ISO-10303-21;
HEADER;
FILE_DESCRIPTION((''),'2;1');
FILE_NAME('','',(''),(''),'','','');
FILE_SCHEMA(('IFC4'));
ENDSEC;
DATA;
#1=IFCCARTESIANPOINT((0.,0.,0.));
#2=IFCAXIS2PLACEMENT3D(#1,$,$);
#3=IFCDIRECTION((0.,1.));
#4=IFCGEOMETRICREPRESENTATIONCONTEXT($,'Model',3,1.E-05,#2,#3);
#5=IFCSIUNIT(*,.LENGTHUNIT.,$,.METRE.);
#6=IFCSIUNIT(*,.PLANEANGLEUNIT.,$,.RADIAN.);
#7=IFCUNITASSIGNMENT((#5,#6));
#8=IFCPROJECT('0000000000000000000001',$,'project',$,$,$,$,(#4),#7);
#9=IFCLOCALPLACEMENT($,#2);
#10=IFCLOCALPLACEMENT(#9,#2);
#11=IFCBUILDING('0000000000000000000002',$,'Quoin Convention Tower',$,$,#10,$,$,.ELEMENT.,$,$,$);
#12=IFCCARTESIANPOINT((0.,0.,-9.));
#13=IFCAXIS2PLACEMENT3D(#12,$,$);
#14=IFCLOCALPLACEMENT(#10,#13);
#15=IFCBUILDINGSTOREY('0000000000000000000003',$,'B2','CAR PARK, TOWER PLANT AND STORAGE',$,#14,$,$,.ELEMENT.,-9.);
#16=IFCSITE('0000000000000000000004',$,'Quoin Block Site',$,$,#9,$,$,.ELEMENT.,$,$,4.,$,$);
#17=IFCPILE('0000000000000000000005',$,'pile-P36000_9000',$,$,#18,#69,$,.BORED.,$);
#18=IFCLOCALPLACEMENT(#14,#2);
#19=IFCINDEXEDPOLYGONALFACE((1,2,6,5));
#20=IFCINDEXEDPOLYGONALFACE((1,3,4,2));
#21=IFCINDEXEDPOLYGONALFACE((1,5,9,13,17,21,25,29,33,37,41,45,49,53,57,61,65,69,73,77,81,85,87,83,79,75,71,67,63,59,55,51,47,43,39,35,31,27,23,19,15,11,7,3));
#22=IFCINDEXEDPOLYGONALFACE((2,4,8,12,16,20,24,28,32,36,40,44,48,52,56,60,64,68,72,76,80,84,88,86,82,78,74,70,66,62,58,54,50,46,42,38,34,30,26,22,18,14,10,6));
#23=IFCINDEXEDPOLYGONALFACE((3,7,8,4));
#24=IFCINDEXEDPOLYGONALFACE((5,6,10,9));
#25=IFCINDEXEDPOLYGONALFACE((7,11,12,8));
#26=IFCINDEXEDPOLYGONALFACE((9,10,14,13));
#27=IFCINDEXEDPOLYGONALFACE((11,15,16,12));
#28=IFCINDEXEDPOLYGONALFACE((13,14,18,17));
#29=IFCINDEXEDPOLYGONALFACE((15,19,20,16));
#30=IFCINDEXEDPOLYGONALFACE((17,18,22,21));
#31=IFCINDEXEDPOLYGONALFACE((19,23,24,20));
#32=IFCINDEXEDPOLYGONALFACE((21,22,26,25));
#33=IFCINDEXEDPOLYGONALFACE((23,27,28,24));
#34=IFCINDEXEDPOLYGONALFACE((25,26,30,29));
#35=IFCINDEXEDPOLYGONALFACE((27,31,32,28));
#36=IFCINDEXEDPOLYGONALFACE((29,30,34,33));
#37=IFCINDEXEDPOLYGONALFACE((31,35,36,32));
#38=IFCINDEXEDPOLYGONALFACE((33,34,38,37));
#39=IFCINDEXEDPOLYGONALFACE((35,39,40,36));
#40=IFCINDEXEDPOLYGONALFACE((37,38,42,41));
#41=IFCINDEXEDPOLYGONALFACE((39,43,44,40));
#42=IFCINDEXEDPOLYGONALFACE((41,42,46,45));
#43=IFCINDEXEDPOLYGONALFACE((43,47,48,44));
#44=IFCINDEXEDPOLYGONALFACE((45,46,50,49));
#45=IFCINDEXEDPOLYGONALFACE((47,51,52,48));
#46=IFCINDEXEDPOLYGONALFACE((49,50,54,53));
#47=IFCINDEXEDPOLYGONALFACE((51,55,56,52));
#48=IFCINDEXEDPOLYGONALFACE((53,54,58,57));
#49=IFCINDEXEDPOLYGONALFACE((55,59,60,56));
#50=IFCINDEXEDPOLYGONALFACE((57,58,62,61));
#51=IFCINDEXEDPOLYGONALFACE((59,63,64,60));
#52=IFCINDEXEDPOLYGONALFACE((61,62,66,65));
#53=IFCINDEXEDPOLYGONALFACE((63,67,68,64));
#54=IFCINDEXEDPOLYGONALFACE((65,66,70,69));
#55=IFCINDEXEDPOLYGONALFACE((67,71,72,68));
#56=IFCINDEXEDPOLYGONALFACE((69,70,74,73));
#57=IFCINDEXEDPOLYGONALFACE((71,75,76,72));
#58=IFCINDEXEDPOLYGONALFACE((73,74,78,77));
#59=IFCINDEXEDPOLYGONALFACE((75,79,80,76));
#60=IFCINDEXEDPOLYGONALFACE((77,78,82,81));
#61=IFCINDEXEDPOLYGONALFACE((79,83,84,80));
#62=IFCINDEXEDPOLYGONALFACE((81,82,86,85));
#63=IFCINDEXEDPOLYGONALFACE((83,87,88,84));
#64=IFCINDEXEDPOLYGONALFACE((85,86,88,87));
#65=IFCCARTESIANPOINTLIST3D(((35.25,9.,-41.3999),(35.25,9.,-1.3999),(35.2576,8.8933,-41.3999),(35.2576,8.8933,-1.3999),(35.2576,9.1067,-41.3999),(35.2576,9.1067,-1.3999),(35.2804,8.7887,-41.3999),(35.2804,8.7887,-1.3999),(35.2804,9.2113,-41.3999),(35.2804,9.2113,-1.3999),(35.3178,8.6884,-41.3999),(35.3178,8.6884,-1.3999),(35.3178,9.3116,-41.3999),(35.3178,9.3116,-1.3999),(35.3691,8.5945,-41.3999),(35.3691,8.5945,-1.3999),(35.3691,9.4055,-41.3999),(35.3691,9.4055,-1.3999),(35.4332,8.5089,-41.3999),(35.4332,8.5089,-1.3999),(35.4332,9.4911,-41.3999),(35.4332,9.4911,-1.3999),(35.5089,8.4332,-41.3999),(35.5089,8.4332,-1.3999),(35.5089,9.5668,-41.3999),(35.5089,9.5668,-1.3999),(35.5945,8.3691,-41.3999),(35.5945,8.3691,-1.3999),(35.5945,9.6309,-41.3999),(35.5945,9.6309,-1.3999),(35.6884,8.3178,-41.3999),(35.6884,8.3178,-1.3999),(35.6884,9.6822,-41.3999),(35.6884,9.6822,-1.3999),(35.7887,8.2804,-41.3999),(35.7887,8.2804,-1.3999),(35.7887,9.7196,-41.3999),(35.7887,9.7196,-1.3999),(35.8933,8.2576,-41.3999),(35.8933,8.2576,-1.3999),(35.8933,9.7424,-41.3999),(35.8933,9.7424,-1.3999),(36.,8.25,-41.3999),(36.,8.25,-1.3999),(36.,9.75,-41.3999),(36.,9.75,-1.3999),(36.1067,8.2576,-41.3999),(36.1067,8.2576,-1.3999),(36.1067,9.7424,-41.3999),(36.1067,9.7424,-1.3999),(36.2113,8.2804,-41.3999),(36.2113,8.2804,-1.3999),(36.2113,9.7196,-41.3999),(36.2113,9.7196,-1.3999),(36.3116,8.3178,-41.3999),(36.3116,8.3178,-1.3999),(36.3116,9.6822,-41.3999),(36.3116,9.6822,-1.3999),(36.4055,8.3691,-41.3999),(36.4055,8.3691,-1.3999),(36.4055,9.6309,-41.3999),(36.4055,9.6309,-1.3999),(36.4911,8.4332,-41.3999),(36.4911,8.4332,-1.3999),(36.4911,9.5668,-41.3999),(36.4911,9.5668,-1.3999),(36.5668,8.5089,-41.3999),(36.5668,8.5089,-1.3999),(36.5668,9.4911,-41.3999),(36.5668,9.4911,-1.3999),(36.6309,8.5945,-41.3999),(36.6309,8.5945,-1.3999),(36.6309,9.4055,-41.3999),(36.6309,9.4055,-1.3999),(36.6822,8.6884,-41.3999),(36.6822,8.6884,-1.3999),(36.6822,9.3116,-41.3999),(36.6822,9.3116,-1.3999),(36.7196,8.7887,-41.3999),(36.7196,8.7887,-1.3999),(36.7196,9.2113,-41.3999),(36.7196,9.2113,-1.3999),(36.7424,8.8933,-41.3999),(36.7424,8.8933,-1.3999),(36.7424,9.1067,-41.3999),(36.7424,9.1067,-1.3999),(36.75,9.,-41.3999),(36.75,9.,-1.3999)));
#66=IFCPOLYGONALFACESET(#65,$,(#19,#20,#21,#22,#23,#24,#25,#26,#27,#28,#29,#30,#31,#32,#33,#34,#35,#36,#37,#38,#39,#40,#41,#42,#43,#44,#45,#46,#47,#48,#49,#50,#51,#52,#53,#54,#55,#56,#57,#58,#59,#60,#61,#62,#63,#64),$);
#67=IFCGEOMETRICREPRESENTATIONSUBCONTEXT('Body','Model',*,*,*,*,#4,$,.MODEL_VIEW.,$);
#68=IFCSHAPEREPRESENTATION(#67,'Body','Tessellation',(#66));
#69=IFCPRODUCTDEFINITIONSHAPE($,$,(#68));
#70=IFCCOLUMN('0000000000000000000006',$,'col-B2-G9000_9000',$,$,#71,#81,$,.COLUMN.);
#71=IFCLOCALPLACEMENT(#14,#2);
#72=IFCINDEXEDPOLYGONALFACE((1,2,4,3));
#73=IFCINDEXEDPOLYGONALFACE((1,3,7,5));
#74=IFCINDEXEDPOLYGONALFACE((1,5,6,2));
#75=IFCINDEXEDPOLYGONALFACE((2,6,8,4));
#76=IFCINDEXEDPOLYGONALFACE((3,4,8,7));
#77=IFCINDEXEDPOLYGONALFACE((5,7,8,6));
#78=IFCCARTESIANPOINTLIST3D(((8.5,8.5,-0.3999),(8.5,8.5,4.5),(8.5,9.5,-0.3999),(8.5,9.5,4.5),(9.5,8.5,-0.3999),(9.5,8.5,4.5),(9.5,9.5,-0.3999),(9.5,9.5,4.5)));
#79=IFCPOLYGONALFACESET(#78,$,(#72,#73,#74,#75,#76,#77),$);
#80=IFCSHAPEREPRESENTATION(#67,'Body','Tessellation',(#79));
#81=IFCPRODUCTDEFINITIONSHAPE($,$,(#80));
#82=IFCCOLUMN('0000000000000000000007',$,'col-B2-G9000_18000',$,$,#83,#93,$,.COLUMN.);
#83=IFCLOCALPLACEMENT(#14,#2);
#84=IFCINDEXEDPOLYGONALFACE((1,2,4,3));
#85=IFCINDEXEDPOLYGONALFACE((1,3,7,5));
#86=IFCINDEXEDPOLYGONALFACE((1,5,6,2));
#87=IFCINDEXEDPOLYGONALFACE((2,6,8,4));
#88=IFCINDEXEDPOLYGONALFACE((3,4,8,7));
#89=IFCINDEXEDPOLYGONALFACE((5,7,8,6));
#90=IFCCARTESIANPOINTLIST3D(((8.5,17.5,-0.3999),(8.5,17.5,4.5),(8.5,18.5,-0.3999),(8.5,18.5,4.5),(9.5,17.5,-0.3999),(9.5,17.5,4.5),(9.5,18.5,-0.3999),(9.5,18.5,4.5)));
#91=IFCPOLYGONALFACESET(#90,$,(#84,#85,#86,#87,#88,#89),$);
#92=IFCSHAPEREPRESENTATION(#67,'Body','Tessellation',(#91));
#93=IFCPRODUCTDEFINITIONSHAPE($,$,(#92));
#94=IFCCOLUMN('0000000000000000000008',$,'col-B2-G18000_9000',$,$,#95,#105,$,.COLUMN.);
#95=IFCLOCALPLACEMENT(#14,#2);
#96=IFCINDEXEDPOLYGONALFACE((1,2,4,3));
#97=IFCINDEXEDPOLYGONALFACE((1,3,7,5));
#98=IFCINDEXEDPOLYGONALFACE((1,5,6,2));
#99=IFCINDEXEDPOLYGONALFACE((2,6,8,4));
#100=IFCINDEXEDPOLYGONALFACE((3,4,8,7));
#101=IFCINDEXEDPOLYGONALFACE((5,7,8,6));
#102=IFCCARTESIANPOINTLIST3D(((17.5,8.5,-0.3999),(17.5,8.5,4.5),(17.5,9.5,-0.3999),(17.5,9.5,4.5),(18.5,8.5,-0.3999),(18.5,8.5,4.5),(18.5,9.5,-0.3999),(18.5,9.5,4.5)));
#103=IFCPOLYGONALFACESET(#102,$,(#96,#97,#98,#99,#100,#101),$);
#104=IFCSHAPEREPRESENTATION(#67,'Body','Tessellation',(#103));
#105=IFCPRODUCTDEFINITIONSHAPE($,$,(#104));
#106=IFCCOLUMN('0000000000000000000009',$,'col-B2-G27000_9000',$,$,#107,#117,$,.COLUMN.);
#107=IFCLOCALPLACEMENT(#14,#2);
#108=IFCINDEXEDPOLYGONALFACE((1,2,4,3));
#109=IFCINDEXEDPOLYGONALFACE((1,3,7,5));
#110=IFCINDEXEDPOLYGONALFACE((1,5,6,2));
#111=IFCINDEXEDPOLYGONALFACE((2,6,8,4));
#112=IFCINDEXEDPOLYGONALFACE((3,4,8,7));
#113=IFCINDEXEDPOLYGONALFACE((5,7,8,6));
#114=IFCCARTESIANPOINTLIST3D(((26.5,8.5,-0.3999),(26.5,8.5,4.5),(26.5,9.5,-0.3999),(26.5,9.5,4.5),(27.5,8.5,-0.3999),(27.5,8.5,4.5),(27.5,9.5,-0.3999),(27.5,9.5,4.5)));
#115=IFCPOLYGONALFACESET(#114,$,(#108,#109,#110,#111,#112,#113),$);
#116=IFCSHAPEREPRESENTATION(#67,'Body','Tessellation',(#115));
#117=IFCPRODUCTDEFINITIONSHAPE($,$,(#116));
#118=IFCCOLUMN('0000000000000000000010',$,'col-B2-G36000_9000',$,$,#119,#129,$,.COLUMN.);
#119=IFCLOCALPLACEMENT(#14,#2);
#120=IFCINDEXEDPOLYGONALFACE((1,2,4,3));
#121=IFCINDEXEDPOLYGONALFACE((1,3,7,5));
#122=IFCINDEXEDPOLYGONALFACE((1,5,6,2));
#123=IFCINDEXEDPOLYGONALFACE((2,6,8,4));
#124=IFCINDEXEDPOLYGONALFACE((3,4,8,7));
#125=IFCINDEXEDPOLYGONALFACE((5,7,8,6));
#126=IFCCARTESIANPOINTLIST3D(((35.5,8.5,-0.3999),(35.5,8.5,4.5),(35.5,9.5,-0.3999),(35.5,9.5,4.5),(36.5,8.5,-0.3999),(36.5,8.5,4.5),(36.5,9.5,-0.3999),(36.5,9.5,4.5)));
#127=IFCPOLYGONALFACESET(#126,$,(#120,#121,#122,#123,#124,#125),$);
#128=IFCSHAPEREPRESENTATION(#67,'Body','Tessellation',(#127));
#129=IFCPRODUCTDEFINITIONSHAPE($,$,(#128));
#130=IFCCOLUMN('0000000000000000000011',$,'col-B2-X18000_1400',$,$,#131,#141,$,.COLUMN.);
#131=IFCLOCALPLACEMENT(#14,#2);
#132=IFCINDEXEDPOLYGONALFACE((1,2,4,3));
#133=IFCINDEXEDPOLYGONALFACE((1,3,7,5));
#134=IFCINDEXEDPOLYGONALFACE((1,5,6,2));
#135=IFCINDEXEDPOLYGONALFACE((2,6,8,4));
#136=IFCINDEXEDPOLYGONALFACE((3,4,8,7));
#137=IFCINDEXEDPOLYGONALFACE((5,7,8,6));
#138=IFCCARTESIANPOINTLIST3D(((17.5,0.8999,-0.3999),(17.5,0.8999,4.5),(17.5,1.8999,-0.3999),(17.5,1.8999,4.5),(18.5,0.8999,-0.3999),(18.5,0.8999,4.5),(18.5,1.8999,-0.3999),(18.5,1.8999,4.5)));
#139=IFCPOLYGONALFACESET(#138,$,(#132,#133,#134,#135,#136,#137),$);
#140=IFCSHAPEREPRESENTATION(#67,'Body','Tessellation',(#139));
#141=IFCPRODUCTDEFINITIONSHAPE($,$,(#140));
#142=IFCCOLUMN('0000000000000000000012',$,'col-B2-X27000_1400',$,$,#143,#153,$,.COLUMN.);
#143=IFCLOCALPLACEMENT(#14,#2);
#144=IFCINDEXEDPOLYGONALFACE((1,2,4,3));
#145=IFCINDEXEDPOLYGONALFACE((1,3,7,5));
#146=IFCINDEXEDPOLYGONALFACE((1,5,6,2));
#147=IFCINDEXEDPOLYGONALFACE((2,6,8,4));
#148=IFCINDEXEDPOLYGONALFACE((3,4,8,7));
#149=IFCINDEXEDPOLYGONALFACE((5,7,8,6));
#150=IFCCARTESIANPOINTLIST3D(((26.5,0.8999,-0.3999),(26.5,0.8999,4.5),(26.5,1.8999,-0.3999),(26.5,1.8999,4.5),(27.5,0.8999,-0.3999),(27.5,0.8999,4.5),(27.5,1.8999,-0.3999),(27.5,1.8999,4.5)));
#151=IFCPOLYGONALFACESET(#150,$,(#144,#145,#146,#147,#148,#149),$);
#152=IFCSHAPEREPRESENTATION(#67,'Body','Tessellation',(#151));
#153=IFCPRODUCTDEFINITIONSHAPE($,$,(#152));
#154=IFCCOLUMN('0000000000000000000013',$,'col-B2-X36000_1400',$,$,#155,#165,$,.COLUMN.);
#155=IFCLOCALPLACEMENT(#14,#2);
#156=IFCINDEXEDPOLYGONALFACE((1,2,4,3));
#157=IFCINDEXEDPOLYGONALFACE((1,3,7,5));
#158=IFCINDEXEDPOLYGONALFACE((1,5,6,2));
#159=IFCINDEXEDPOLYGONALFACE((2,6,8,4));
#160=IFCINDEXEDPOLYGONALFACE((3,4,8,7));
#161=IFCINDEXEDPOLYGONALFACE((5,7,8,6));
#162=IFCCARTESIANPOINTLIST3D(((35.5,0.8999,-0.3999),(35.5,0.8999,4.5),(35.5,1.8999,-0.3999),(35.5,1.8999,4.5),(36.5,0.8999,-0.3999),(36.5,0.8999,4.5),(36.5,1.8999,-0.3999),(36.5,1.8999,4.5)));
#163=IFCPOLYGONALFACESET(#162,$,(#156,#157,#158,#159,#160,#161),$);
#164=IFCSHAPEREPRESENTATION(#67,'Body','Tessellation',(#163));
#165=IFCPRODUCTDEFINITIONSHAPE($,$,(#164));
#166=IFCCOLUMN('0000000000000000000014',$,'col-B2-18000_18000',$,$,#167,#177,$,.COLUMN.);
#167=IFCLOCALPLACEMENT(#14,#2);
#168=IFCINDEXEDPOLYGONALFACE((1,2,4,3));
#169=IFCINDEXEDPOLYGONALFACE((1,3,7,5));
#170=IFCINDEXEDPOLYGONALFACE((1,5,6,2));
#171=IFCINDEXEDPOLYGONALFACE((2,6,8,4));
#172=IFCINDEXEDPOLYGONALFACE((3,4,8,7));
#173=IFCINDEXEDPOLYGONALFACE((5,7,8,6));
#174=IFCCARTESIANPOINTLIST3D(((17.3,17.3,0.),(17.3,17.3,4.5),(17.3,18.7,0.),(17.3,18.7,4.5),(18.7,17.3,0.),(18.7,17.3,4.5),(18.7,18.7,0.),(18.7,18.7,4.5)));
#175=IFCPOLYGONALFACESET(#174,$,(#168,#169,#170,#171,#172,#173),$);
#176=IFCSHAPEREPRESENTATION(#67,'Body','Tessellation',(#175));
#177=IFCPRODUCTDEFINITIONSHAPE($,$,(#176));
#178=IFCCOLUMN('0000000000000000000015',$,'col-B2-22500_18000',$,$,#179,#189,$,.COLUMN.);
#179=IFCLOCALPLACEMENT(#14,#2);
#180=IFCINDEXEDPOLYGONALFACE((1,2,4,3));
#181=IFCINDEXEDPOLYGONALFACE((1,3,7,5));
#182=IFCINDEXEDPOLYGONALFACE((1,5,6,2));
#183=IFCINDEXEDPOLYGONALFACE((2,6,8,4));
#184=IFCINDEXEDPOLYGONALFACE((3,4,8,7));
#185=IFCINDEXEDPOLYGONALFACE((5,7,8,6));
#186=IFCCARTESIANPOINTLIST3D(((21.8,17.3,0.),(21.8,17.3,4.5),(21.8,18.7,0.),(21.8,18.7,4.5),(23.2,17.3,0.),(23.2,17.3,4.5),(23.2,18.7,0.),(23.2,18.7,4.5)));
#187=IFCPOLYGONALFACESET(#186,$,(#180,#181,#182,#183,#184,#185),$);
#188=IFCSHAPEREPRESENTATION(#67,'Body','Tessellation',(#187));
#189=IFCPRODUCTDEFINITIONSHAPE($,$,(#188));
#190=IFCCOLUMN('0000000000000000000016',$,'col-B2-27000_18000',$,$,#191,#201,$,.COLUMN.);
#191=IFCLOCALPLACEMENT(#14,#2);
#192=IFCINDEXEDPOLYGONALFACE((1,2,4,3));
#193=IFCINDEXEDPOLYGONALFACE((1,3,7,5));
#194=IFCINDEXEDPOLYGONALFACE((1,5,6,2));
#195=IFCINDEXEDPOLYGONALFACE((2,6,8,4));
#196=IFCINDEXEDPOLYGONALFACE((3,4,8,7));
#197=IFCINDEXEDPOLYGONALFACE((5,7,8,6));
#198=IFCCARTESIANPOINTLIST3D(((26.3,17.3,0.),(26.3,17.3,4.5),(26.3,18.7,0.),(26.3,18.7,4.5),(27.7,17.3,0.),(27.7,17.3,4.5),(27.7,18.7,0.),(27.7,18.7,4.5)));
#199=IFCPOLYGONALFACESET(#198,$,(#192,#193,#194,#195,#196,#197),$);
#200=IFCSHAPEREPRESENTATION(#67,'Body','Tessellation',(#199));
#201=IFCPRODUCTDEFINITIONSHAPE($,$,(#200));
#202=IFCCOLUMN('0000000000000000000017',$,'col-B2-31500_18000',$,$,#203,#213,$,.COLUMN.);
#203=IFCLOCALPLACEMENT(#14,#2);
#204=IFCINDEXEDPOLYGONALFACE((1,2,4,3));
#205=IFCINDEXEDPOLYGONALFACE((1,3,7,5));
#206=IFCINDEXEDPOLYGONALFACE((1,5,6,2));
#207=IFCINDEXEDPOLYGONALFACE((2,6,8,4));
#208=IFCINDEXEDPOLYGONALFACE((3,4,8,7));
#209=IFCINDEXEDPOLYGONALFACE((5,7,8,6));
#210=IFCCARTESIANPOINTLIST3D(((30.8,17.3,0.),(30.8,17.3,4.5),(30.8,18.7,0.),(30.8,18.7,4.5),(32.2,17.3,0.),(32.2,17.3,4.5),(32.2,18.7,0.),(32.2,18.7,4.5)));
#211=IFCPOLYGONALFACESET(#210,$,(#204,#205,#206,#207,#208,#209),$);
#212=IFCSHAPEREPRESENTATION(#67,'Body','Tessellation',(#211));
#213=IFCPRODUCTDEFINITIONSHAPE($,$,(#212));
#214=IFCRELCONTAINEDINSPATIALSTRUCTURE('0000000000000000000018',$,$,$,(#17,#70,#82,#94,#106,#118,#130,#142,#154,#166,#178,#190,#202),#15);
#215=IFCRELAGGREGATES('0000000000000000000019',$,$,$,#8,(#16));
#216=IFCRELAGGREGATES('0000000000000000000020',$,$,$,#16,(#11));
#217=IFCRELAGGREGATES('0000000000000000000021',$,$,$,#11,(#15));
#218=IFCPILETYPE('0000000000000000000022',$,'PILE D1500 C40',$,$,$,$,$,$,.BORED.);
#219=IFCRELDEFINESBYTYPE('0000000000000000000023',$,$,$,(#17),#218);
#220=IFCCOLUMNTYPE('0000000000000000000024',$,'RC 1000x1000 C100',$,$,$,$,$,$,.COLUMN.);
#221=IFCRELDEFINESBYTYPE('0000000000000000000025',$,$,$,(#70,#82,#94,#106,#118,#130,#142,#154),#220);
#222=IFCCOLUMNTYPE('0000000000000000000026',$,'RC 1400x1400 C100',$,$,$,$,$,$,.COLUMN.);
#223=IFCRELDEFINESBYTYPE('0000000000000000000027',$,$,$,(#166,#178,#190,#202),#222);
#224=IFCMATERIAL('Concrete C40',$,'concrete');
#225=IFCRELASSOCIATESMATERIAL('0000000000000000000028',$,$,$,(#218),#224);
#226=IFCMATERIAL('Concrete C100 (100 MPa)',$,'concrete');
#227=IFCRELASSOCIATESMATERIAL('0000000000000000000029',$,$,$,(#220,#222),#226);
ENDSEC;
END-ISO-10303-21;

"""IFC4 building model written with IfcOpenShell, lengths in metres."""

from ifc_helpers import new_model, si_unit, direction, frame, origin, origin_2d, place, context, subcontext, project, spatial, rectangle, circle, extrude, material, material_profile, profile_set, type_object, element, save


model = new_model("IFC4")

# Units and contexts
model_context = context("Model", 3, precision=1e-05, world=origin(), true_north=direction((0.0, 1.0)))
body_context = subcontext(model_context, "Body", "Model", "MODEL_VIEW")
ifc_project = project(units=[si_unit("LENGTHUNIT", "METRE"), si_unit("PLANEANGLEUNIT", "RADIAN")], contexts=[model_context])

# Site, building, storey
site_placement = place(None, origin())
site = spatial("IfcSite", under=ifc_project, at=site_placement, Name="Quoin Block Site", CompositionType="ELEMENT", RefElevation=4.0)
building_placement = place(site_placement, origin())
building = spatial("IfcBuilding", under=site, at=building_placement, Name="Quoin Convention Tower", CompositionType="ELEMENT")
storey_placement = place(building_placement, frame((0.0, 0.0, -9.0)))
storey = spatial("IfcBuildingStorey", under=building, at=storey_placement, Name="B2", Description="CAR PARK, TOWER PLANT AND STORAGE", CompositionType="ELEMENT", Elevation=-9.0)

# Pile
ifc_material_1 = material(Name="Concrete C40", Category="concrete")
ifc_material_profile_1 = material_profile(ifc_material_1, circle(Radius=0.75, at=origin_2d()), Name="D1500")
ifc_profile_set_1 = profile_set([ifc_material_profile_1], Name="Concrete C40")
pile_type = type_object("IfcPileType", Name="PILE D1500 C40", PredefinedType="BORED", material=ifc_profile_set_1)
for number, where, z_axis, x_axis, name in (
    (1, (36.0, 9.0, -1.3999), (0.0, 0.0, -1.0), (1.0, 0.0, 0.0), "pile-P36000_9000"),
):
    element("IfcPile", number, at=place(storey_placement, frame(where, z_axis=z_axis, x_axis=x_axis)), inside=storey, type_object=pile_type, Name=name, PredefinedType="BORED", context=body_context, shape_type="SweptSolid", body=[
        extrude(circle(Radius=0.75, at=origin_2d()), origin(), (0.0, 0.0, 1.0), 40.0),
    ])

# Columns
ifc_material_2 = material(Name="Concrete C100 (100 MPa)", Category="concrete")
ifc_material_profile_2 = material_profile(ifc_material_2, rectangle(XDim=1.0, YDim=1.0, at=origin_2d()), Name="RC 1000x1000")
ifc_profile_set_2 = profile_set([ifc_material_profile_2], Name="Concrete C100 (100 MPa)")
column_type_1 = type_object("IfcColumnType", Name="RC 1000x1000 C100", PredefinedType="COLUMN", material=ifc_profile_set_2)
for number, where, z_axis, x_axis, name in (
    (2, (9.0, 9.0, -0.3999), (0.0, 0.0, 1.0), (1.0, 0.0, 0.0), "col-B2-G9000_9000"),
    (3, (9.0, 18.0, -0.3999), (0.0, 0.0, 1.0), (1.0, 0.0, 0.0), "col-B2-G9000_18000"),
    (4, (18.0, 9.0, -0.3999), (0.0, 0.0, 1.0), (1.0, 0.0, 0.0), "col-B2-G18000_9000"),
    (5, (27.0, 9.0, -0.3999), (0.0, 0.0, 1.0), (1.0, 0.0, 0.0), "col-B2-G27000_9000"),
    (6, (36.0, 9.0, -0.3999), (0.0, 0.0, 1.0), (1.0, 0.0, 0.0), "col-B2-G36000_9000"),
    (7, (18.0, 1.3999, -0.3999), (0.0, 0.0, 1.0), (1.0, 0.0, 0.0), "col-B2-X18000_1400"),
    (8, (27.0, 1.3999, -0.3999), (0.0, 0.0, 1.0), (1.0, 0.0, 0.0), "col-B2-X27000_1400"),
    (9, (36.0, 1.3999, -0.3999), (0.0, 0.0, 1.0), (1.0, 0.0, 0.0), "col-B2-X36000_1400"),
):
    element("IfcColumn", number, at=place(storey_placement, frame(where, z_axis=z_axis, x_axis=x_axis)), inside=storey, type_object=column_type_1, Name=name, PredefinedType="COLUMN", context=body_context, shape_type="SweptSolid", body=[
        extrude(rectangle(XDim=1.0, YDim=1.0, at=origin_2d()), origin(), (0.0, 0.0, 1.0), 4.8999),
    ])
ifc_material_profile_3 = material_profile(ifc_material_2, rectangle(XDim=1.3999, YDim=1.3999, at=origin_2d()), Name="RC 1400x1400")
ifc_profile_set_3 = profile_set([ifc_material_profile_3], Name="Concrete C100 (100 MPa)")
column_type_2 = type_object("IfcColumnType", Name="RC 1400x1400 C100", PredefinedType="COLUMN", material=ifc_profile_set_3)
for number, where, z_axis, x_axis, name in (
    (10, (18.0, 18.0, 0.0), (0.0, 0.0, 1.0), (1.0, 0.0, 0.0), "col-B2-18000_18000"),
    (11, (22.5, 18.0, 0.0), (0.0, 0.0, 1.0), (1.0, 0.0, 0.0), "col-B2-22500_18000"),
    (12, (27.0, 18.0, 0.0), (0.0, 0.0, 1.0), (1.0, 0.0, 0.0), "col-B2-27000_18000"),
    (13, (31.5, 18.0, 0.0), (0.0, 0.0, 1.0), (1.0, 0.0, 0.0), "col-B2-31500_18000"),
):
    element("IfcColumn", number, at=place(storey_placement, frame(where, z_axis=z_axis, x_axis=x_axis)), inside=storey, type_object=column_type_2, Name=name, PredefinedType="COLUMN", context=body_context, shape_type="SweptSolid", body=[
        extrude(rectangle(XDim=1.3999, YDim=1.3999, at=origin_2d()), origin(), (0.0, 0.0, 1.0), 4.5),
    ])

save(model, "model.ifc")
